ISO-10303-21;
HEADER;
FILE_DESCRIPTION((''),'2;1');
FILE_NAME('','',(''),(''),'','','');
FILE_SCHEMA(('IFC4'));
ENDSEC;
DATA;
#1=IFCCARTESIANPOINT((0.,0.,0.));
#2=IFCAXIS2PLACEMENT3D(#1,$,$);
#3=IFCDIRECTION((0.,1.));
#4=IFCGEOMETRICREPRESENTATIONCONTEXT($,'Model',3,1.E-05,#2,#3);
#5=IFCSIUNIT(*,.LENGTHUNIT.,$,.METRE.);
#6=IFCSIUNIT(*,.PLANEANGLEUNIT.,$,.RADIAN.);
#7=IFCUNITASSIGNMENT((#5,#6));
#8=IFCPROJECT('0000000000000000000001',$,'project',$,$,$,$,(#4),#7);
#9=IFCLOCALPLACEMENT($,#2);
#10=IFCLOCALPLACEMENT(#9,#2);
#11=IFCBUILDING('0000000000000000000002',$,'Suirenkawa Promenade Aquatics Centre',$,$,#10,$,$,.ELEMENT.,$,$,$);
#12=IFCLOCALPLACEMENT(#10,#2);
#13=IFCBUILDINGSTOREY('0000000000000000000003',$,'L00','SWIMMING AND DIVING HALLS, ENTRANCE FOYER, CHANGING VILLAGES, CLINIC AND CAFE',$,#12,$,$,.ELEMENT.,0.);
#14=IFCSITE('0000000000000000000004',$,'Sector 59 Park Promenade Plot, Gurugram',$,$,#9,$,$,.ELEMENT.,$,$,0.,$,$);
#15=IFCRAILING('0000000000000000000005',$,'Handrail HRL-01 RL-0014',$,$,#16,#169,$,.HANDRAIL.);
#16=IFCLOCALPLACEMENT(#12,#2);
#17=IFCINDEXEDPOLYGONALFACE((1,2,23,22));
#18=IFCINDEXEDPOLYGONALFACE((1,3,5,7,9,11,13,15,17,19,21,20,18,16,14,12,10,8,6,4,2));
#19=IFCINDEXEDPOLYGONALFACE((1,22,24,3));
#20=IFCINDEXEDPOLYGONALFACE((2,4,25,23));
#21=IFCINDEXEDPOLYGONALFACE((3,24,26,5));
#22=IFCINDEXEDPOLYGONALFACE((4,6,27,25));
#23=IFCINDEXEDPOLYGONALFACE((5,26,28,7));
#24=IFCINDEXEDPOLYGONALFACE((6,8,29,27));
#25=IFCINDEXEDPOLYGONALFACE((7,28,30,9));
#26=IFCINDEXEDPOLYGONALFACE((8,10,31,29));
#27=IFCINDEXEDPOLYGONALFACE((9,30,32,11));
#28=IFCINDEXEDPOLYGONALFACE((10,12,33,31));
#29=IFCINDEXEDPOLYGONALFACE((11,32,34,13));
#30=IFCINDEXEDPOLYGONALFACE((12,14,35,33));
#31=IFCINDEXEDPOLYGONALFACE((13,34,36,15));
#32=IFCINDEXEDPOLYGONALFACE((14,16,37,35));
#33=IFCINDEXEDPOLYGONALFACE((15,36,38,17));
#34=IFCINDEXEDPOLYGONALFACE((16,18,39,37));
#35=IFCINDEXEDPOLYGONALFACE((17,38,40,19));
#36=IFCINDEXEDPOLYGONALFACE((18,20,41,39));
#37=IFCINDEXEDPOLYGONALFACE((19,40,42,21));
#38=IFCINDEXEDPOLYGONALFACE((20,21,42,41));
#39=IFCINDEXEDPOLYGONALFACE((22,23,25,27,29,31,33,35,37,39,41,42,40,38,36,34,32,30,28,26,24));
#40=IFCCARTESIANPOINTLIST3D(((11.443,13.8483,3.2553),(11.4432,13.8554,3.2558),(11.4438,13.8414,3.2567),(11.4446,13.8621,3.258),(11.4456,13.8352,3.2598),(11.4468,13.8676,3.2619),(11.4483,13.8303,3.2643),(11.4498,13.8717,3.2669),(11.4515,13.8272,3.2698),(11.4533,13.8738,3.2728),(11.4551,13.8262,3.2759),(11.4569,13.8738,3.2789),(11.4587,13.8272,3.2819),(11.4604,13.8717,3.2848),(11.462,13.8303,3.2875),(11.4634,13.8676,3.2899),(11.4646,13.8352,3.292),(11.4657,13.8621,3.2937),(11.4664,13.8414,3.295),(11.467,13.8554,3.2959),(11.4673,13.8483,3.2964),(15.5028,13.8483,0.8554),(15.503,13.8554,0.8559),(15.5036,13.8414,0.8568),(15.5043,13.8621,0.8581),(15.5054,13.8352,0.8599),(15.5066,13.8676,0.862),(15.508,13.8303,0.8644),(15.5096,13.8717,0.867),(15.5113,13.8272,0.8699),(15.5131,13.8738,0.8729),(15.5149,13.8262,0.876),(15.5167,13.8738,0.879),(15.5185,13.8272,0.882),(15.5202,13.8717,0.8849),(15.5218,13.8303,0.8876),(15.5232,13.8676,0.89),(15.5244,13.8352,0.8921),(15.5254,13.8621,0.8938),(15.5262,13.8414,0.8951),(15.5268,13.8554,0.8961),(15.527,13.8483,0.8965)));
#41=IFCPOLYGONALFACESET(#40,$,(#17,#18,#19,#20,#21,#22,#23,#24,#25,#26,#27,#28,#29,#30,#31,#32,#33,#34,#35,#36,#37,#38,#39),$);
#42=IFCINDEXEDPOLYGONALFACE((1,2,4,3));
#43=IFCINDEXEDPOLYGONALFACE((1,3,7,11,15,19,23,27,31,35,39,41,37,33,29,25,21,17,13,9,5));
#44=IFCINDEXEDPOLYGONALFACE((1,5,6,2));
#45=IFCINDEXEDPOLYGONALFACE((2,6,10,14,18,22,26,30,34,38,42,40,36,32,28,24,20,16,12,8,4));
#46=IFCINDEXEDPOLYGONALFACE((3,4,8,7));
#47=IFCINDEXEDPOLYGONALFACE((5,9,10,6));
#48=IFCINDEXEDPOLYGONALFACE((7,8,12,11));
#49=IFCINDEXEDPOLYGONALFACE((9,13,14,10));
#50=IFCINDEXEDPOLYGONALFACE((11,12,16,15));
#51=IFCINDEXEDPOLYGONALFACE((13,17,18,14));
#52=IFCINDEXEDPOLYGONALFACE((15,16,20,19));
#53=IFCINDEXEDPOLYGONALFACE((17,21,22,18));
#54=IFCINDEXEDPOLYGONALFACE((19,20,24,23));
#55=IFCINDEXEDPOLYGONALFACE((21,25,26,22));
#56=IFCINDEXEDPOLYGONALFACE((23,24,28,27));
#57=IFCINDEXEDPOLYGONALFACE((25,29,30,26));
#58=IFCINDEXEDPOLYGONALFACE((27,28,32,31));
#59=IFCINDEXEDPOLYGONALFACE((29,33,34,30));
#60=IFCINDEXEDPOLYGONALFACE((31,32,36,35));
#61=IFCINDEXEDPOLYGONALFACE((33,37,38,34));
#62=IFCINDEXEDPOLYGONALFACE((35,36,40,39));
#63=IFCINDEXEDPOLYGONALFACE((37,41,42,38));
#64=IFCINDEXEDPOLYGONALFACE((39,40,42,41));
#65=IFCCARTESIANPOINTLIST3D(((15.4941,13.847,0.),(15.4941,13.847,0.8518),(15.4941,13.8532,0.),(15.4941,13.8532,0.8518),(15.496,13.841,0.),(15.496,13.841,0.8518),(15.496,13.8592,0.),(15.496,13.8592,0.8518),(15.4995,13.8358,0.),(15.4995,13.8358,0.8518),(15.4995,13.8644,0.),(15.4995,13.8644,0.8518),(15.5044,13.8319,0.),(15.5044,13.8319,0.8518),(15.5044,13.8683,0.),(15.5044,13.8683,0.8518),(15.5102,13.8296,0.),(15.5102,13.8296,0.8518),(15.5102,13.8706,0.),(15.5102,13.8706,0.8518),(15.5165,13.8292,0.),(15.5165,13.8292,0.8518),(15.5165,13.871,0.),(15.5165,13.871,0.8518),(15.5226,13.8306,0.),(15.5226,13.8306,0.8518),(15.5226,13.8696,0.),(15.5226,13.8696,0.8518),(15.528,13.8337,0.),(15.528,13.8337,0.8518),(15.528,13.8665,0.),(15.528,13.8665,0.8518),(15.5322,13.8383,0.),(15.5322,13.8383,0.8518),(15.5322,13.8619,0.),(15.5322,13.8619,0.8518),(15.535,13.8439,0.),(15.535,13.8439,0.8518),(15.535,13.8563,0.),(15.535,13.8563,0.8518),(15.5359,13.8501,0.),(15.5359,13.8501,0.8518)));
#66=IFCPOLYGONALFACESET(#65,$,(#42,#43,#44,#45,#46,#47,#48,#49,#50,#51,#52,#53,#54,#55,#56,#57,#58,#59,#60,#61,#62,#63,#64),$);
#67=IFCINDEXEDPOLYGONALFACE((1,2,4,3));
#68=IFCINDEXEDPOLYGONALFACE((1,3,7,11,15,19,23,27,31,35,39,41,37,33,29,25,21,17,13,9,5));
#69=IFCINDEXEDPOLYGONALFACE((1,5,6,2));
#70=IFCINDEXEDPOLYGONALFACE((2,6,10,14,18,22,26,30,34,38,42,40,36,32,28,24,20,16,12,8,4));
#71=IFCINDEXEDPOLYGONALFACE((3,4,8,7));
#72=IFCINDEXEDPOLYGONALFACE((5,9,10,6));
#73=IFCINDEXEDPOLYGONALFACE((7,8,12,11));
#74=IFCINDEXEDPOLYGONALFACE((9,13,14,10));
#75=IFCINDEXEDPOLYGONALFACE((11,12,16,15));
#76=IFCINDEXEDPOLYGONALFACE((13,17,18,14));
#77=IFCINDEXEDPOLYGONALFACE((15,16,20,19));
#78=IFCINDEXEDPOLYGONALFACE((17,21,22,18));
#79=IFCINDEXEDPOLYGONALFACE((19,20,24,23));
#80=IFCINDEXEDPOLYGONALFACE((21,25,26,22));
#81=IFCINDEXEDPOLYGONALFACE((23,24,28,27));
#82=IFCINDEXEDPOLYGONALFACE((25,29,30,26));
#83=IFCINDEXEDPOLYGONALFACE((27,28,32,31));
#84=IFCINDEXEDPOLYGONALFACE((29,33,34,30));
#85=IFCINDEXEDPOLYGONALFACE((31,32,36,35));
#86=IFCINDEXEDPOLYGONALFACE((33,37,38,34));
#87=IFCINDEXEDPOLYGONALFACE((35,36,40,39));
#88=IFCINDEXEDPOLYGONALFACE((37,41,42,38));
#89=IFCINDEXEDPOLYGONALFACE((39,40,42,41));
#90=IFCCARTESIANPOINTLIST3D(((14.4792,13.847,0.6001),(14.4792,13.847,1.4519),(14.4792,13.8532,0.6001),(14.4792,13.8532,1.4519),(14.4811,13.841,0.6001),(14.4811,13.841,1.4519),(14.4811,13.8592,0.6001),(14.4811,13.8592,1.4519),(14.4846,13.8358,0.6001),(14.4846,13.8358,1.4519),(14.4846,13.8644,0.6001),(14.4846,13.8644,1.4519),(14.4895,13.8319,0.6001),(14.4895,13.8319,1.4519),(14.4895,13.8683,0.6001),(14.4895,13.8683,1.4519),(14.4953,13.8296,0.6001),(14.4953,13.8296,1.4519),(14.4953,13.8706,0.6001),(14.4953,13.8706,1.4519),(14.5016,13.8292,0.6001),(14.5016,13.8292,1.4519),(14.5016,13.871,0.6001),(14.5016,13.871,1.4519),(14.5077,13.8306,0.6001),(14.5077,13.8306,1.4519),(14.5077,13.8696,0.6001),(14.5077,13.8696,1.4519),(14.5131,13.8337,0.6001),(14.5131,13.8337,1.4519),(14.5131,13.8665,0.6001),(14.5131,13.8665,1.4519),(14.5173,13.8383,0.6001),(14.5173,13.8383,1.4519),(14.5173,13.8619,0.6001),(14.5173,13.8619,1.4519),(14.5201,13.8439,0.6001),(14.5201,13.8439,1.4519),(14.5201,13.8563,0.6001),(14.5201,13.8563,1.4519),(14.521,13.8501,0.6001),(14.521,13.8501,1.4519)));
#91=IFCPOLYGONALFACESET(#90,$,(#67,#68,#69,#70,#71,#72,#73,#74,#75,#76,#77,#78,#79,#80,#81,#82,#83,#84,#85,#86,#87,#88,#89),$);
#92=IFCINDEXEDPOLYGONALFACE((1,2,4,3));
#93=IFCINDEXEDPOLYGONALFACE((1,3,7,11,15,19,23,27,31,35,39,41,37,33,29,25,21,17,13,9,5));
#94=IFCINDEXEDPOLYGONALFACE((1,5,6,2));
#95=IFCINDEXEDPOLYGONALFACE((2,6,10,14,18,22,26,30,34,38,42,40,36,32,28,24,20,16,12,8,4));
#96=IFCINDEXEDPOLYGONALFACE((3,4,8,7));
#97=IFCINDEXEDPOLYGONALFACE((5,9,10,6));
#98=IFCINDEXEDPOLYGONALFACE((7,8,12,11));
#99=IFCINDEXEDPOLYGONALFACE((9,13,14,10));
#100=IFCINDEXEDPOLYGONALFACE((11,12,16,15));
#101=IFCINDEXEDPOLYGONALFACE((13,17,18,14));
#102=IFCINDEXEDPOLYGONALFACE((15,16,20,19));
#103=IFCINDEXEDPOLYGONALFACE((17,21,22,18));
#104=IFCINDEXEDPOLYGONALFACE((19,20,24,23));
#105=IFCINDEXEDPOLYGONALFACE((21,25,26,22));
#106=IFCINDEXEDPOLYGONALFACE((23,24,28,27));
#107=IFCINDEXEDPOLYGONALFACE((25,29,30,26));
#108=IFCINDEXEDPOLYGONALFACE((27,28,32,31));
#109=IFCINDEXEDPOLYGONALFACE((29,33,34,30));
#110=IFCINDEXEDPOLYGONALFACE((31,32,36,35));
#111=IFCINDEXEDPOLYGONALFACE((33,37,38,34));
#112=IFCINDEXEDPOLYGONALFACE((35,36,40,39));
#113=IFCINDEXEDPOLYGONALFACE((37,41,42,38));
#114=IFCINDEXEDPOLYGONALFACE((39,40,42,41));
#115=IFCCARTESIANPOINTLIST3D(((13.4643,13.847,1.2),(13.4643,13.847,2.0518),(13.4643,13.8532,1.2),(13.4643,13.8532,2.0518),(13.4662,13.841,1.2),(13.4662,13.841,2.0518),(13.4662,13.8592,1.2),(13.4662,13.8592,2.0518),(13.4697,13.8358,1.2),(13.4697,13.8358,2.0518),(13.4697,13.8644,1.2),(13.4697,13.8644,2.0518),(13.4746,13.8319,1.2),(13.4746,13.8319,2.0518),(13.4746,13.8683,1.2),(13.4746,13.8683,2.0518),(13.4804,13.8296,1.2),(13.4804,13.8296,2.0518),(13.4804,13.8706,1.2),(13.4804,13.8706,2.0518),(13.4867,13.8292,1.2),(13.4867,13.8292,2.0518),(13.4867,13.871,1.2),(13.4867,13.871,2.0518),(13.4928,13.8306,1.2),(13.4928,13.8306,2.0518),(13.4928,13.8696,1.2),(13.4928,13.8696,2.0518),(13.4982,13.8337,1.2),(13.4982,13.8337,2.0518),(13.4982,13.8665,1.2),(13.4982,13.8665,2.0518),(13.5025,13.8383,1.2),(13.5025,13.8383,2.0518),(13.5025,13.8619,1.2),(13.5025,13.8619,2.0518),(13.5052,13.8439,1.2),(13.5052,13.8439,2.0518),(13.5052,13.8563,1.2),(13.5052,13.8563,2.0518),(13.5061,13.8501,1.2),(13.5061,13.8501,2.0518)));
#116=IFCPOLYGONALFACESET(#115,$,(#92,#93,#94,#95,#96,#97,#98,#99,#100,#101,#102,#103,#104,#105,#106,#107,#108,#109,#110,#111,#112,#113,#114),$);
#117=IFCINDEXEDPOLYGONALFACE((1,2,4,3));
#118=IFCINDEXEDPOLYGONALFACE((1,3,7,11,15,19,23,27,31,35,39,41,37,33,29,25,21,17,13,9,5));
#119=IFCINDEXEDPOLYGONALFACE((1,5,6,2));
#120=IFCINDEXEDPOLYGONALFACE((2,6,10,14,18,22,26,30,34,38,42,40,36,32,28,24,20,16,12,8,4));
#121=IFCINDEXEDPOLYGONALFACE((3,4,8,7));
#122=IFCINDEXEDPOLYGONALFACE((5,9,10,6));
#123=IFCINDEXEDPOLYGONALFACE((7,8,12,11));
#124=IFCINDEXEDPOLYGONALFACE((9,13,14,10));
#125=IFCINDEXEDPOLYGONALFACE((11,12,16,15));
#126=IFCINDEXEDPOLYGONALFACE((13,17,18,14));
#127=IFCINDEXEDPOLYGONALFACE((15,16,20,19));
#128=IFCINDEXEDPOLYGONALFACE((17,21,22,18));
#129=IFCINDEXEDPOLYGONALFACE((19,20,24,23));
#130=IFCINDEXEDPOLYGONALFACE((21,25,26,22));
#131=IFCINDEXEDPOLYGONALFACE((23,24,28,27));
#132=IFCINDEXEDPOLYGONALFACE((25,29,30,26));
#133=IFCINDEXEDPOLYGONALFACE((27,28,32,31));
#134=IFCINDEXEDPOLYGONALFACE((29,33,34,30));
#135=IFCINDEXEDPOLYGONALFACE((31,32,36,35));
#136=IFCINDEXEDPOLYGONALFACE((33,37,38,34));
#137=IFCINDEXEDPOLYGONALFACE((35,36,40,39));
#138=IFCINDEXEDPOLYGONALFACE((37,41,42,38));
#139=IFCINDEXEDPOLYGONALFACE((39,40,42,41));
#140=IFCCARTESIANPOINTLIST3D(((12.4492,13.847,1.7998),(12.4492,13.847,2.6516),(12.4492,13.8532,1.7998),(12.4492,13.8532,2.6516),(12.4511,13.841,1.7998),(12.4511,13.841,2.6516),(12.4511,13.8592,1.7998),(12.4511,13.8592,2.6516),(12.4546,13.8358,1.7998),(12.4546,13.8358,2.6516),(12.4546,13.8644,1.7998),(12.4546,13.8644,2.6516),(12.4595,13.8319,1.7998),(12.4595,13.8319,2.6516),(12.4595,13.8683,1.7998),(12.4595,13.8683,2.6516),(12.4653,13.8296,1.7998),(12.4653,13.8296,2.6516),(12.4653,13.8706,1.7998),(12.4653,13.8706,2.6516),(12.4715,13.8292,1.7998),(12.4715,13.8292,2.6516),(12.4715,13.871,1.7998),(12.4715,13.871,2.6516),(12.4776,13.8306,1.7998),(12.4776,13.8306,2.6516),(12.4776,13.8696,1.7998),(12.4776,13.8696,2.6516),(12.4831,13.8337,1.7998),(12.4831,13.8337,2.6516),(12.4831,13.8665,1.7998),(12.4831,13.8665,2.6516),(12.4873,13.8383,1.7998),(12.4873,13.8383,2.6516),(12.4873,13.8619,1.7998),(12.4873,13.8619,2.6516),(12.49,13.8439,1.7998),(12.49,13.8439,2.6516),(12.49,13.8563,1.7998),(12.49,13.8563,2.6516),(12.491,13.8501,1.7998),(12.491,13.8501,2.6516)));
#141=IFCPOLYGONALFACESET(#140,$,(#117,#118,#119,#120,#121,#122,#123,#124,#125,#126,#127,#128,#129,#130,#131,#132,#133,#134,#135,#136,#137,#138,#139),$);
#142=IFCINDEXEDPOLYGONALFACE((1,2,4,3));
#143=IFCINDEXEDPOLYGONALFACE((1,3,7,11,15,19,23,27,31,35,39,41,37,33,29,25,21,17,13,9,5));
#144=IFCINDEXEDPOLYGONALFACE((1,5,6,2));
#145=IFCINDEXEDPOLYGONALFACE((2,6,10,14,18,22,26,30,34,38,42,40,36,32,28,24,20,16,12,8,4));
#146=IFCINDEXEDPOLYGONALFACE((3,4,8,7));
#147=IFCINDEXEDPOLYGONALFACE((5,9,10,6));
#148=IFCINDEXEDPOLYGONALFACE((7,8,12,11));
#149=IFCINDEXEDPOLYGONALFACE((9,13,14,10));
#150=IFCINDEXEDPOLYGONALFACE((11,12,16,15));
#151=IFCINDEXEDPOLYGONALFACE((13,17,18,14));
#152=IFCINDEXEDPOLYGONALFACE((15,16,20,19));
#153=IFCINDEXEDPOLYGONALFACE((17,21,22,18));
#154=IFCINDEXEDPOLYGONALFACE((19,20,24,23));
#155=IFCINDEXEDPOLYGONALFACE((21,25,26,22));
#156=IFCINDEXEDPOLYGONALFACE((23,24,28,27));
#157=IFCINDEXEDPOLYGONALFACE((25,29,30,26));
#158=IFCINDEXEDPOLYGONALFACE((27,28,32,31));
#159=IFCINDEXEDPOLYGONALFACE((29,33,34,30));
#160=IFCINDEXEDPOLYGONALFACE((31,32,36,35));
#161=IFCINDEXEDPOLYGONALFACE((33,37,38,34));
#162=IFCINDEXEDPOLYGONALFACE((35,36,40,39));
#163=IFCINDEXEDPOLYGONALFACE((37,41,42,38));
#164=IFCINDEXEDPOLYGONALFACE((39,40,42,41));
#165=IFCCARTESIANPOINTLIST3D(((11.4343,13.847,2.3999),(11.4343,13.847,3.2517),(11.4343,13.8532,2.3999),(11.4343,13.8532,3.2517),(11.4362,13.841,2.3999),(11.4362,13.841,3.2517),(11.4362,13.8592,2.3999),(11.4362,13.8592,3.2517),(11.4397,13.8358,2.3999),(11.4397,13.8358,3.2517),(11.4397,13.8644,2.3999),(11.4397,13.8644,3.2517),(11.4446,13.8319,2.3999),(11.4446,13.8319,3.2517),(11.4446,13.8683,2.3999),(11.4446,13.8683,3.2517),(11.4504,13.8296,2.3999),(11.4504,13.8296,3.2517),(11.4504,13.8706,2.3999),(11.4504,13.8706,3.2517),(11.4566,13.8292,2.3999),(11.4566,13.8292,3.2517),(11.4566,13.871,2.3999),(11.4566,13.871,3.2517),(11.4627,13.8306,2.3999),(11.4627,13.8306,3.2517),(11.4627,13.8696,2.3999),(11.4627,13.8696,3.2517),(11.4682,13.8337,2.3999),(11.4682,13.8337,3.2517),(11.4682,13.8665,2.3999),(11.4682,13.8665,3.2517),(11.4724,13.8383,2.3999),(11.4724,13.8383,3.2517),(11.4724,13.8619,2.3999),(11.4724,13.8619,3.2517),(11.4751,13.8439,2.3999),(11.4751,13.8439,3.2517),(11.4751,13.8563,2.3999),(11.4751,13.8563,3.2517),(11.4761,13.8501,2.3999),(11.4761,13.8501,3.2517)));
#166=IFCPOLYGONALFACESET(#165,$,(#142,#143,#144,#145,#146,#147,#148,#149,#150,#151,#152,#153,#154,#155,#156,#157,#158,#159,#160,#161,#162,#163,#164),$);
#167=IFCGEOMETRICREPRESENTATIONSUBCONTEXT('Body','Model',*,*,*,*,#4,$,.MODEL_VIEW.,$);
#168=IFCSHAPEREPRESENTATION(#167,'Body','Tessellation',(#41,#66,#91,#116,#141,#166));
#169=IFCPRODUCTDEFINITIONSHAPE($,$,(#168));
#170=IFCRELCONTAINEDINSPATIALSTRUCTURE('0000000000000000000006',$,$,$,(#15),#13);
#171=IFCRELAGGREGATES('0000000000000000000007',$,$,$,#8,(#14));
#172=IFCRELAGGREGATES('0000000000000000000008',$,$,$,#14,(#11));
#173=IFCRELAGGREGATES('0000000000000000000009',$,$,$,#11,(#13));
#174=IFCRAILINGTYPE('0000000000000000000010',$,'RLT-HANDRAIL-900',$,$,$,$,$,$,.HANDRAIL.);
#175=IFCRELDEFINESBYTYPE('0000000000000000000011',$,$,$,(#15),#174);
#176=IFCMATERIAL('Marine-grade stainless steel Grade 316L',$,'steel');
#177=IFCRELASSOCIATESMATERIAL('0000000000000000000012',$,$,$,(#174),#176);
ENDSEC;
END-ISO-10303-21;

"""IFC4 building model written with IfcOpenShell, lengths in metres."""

from ifc_helpers import new_model, si_unit, direction, frame, origin, origin_2d, place, context, subcontext, project, spatial, circle, extrude, material, type_object, element, save


model = new_model("IFC4")

# Units and contexts
model_context = context("Model", 3, precision=1e-05, world=origin(), true_north=direction((0.0, 1.0)))
body_context = subcontext(model_context, "Body", "Model", "MODEL_VIEW")
ifc_project = project(units=[si_unit("LENGTHUNIT", "METRE"), si_unit("PLANEANGLEUNIT", "RADIAN")], contexts=[model_context])

# Site, building, storey
site_placement = place(None, origin())
site = spatial("IfcSite", under=ifc_project, at=site_placement, Name="Sector 59 Park Promenade Plot, Gurugram", CompositionType="ELEMENT", RefElevation=0.0)
building_placement = place(site_placement, origin())
building = spatial("IfcBuilding", under=site, at=building_placement, Name="Suirenkawa Promenade Aquatics Centre", CompositionType="ELEMENT")
storey_placement = place(building_placement, origin())
storey = spatial("IfcBuildingStorey", under=building, at=storey_placement, Name="L00", Description="SWIMMING AND DIVING HALLS, ENTRANCE FOYER, CHANGING VILLAGES, CLINIC AND CAFE", CompositionType="ELEMENT", Elevation=0.0)

# Railing
ifc_material_1 = material(Name="Marine-grade stainless steel Grade 316L", Category="steel")
railing_type_1 = type_object("IfcRailingType", Name="RLT-HANDRAIL-900", PredefinedType="HANDRAIL", material=ifc_material_1)
railing_1_placement = place(storey_placement, frame((15.5149, 13.8501, 0.0)))
element("IfcRailing", 1, at=railing_1_placement, inside=storey, type_object=railing_type_1, Name="Handrail HRL-01 RL-0014", PredefinedType="HANDRAIL", context=body_context, shape_type="SweptSolid", body=[
    extrude(circle(Radius=0.0239, at=origin_2d()), frame((0.0, 0.0, 0.876), z_axis=(-0.860841, 0.0, 0.508874), x_axis=(0.0, -1.0, 0.0)), (0.0, 0.0, 1.0), 4.7161),
    extrude(circle(Radius=0.021, at=origin_2d()), origin(), (0.0, 0.0, 1.0), 0.8518),
    extrude(circle(Radius=0.021, at=origin_2d()), frame((-1.0149, 0.0, 0.6001)), (0.0, 0.0, 1.0), 0.8518),
    extrude(circle(Radius=0.021, at=origin_2d()), frame((-2.0298, 0.0, 1.2)), (0.0, 0.0, 1.0), 0.8518),
    extrude(circle(Radius=0.021, at=origin_2d()), frame((-3.0449, 0.0, 1.7998)), (0.0, 0.0, 1.0), 0.8518),
    extrude(circle(Radius=0.021, at=origin_2d()), frame((-4.0598, 0.0, 2.3999)), (0.0, 0.0, 1.0), 0.8518),
])

save(model, "model.ifc")
